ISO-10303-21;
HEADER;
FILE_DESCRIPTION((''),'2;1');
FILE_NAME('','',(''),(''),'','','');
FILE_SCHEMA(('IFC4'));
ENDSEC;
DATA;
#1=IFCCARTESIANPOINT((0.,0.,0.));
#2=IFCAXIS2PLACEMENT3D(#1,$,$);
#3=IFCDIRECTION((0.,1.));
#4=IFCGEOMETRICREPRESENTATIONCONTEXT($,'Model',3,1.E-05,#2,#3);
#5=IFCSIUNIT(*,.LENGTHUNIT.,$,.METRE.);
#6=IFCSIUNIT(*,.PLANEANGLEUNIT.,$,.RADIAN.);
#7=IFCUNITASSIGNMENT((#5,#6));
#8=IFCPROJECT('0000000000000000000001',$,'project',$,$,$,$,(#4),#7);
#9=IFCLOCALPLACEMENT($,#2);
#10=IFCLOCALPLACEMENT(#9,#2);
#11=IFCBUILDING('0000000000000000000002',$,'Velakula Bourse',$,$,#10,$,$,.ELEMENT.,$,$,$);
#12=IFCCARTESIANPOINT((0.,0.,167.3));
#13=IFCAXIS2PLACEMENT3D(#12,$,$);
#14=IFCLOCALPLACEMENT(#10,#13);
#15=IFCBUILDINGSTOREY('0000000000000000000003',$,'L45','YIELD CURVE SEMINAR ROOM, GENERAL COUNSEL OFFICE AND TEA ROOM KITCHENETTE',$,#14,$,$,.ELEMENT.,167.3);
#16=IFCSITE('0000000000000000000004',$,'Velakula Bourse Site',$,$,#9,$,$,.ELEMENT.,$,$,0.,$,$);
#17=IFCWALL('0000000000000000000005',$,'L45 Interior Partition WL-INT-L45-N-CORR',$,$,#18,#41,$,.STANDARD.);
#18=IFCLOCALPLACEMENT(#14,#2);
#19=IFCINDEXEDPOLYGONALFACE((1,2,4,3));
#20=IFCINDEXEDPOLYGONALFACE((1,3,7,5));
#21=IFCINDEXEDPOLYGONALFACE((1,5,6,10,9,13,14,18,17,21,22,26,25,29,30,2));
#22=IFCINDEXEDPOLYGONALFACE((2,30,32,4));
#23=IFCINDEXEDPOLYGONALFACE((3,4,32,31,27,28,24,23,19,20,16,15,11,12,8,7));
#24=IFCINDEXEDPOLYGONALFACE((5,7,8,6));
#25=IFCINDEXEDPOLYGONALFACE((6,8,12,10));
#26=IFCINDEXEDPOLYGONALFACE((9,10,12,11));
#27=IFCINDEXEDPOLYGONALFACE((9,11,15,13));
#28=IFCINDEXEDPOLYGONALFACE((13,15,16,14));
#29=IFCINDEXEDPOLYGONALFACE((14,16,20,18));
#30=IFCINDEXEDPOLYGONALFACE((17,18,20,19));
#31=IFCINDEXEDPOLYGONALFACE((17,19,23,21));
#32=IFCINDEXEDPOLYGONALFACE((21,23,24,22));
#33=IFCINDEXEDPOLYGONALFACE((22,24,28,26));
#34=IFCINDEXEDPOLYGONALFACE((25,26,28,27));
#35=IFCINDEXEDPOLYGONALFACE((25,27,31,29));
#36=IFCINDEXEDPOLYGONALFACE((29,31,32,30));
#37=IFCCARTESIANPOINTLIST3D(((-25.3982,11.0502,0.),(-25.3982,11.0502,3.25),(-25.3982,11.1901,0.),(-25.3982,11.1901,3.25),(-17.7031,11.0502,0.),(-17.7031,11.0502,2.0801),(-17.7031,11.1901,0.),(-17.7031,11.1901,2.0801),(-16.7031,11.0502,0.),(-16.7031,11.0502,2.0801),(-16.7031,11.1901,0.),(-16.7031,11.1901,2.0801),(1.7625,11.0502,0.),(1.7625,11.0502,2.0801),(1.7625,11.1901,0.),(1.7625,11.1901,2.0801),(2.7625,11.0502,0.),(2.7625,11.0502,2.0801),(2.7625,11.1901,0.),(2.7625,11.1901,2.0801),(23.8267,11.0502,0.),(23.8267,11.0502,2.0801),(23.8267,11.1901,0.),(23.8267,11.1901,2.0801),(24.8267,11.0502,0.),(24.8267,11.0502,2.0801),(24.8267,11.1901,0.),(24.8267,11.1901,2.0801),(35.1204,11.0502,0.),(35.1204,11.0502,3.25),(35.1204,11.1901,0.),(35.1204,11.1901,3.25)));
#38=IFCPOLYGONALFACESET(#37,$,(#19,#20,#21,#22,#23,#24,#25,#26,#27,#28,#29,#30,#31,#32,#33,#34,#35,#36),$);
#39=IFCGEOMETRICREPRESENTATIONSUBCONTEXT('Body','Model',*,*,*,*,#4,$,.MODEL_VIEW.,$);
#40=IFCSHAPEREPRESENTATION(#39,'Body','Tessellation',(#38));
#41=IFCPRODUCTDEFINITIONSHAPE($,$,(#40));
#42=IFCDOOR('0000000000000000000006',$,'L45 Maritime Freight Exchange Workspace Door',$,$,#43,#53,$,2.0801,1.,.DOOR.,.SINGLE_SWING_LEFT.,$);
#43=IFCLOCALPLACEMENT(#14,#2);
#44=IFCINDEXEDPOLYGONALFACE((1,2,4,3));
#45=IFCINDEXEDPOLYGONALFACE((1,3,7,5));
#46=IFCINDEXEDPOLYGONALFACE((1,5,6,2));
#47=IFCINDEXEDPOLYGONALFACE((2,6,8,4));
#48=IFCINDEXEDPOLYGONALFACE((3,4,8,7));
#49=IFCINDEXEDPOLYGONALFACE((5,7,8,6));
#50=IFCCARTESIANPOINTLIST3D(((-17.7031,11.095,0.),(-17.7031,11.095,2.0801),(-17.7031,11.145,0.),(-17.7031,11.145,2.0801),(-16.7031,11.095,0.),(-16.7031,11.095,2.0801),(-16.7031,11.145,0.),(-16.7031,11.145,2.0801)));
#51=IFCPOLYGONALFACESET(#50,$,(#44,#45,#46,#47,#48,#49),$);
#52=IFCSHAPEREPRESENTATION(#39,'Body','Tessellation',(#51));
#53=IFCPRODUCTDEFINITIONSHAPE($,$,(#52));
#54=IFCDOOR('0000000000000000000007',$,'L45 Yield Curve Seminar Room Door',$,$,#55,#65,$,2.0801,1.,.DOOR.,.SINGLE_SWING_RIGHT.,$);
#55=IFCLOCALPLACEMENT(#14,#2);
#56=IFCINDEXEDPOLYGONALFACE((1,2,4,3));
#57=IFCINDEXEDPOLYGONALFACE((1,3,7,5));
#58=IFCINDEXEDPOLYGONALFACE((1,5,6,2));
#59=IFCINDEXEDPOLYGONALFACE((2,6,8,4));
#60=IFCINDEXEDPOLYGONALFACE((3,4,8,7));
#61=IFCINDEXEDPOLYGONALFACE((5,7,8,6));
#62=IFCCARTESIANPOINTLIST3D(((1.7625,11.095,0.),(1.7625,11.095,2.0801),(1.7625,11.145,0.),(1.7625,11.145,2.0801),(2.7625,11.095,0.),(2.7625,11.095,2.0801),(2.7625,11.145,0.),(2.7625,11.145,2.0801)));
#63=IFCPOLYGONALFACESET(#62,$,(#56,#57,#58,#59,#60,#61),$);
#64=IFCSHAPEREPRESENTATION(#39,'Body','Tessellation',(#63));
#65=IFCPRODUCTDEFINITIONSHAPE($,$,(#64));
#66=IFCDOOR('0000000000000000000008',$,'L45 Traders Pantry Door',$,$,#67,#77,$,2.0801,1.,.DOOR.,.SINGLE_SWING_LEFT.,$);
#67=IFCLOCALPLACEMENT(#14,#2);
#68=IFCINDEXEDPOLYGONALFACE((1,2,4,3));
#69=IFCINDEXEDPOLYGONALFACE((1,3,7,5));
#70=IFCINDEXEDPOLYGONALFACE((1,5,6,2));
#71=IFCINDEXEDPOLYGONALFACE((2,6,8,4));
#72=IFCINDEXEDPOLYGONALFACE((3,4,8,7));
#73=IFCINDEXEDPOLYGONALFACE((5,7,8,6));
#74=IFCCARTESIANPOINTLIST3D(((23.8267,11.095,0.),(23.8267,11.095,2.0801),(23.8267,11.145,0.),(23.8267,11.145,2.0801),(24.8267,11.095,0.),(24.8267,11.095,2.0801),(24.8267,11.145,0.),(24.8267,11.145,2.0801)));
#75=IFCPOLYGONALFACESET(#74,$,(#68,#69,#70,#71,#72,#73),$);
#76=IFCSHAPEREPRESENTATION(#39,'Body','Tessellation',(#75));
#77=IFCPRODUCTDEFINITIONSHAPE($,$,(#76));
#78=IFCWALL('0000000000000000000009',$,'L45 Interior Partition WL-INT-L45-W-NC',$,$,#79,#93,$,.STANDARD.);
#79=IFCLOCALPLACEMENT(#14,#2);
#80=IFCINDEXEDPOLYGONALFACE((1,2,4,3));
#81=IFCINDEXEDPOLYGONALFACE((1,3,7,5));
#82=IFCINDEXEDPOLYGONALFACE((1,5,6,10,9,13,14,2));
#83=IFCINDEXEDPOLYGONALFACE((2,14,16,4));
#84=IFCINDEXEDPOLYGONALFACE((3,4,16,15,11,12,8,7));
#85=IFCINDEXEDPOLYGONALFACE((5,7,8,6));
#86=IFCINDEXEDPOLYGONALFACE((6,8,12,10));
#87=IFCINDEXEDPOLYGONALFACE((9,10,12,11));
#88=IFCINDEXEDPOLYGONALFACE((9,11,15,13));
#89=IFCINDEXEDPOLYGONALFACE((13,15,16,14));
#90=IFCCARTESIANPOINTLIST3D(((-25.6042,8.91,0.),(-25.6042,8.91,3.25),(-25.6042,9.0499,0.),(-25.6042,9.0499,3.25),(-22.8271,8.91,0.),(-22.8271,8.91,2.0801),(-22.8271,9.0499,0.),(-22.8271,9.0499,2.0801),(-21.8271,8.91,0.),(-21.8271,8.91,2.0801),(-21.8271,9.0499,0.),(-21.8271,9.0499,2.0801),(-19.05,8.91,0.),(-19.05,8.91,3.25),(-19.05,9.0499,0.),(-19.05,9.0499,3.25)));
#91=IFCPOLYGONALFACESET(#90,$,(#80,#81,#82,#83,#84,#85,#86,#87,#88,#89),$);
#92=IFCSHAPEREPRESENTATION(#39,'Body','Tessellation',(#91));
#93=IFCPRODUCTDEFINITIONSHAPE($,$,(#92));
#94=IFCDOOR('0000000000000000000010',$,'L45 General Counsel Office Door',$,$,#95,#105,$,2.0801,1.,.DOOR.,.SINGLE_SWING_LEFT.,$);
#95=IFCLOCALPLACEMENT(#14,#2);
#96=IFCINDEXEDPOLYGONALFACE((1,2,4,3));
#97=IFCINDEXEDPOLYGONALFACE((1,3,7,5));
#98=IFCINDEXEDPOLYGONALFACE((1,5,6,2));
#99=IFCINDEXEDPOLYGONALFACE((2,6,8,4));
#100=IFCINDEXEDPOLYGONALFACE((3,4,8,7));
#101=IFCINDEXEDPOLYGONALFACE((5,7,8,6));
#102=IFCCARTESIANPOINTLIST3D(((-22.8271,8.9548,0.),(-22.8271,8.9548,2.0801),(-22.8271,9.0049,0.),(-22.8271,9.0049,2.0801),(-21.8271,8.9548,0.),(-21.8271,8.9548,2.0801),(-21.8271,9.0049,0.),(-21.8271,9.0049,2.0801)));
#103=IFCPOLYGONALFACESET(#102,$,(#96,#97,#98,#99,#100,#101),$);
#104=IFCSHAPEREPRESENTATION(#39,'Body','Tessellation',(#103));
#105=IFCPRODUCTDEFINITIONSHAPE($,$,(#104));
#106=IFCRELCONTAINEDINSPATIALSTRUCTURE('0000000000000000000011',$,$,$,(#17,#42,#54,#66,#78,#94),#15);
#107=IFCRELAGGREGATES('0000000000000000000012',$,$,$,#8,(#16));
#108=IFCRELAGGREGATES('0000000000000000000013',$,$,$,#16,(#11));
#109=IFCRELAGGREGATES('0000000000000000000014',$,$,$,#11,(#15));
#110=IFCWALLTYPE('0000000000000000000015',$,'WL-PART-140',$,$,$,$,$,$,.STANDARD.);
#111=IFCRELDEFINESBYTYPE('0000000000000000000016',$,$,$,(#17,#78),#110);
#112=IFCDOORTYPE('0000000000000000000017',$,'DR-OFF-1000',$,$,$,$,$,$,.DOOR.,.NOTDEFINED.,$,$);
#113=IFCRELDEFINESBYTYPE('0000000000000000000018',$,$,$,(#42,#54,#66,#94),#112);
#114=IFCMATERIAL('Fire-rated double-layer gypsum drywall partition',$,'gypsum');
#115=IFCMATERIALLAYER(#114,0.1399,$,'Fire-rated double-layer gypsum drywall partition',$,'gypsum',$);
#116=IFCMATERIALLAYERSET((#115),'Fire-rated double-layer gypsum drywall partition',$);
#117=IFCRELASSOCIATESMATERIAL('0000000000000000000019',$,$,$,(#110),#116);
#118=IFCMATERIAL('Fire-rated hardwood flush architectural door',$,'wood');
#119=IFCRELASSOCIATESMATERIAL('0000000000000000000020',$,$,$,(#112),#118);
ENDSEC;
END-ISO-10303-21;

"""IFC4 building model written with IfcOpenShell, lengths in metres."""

from ifc_helpers import new_model, si_unit, direction, frame, frame_2d, origin, place, context, subcontext, project, spatial, rectangle, extrude, material, layer, layer_set, type_object, element, fill, save


model = new_model("IFC4")

# Units and contexts
model_context = context("Model", 3, precision=1e-05, world=origin(), true_north=direction((0.0, 1.0)))
body_context = subcontext(model_context, "Body", "Model", "MODEL_VIEW")
ifc_project = project(units=[si_unit("LENGTHUNIT", "METRE"), si_unit("PLANEANGLEUNIT", "RADIAN")], contexts=[model_context])

# Site, building, storey
site_placement = place(None, origin())
site = spatial("IfcSite", under=ifc_project, at=site_placement, Name="Velakula Bourse Site", CompositionType="ELEMENT", RefElevation=0.0)
building_placement = place(site_placement, origin())
building = spatial("IfcBuilding", under=site, at=building_placement, Name="Velakula Bourse", CompositionType="ELEMENT")
storey_placement = place(building_placement, frame((0.0, 0.0, 167.3)))
storey = spatial("IfcBuildingStorey", under=building, at=storey_placement, Name="L45", Description="YIELD CURVE SEMINAR ROOM, GENERAL COUNSEL OFFICE AND TEA ROOM KITCHENETTE", CompositionType="ELEMENT", Elevation=167.3)

# Shared definitions
ifc_material_1 = material(Name="Fire-rated hardwood flush architectural door", Category="wood")

# Wall, openings, doors
ifc_material_2 = material(Name="Fire-rated double-layer gypsum drywall partition", Category="gypsum")
ifc_layer_1 = layer(ifc_material_2, 0.1399, Name="Fire-rated double-layer gypsum drywall partition", Category="gypsum")
ifc_layer_set_1 = layer_set([ifc_layer_1], Name="Fire-rated double-layer gypsum drywall partition")
wall_type_1 = type_object("IfcWallType", Name="WL-PART-140", PredefinedType="STANDARD", material=ifc_layer_set_1)
wall_1_placement = place(storey_placement, frame((-25.3982, 11.1201, 0.0), z_axis=(0.0, 0.0, 1.0), x_axis=(1.0, 0.0, 0.0)))
wall_1 = element("IfcWall", 1, at=wall_1_placement, inside=storey, type_object=wall_type_1, Name="L45 Interior Partition WL-INT-L45-N-CORR", PredefinedType="STANDARD", context=body_context, shape_type="SweptSolid", body=[
    extrude(rectangle(XDim=60.5186, YDim=0.1399, at=frame_2d((30.2593, 0.0))), origin(), (0.0, 0.0, 1.0), 3.25),
])
opening_1_placement = place(wall_1_placement, frame((7.6951, 0.0, 0.0)))
opening_1 = element("IfcOpeningElement", 2, at=opening_1_placement, cuts=wall_1, PredefinedType="OPENING", context=body_context, shape_type="SweptSolid", body=[
    extrude(rectangle(XDim=1.0, YDim=2.0801, at=frame_2d((0.5, 1.04))), frame((0.0, 0.0798, 0.0), z_axis=(0.0, -1.0, 0.0), x_axis=(1.0, 0.0, 0.0)), (0.0, 0.0, 1.0), 0.1599),
])
opening_2_placement = place(wall_1_placement, frame((27.1606, 0.0, 0.0)))
opening_2 = element("IfcOpeningElement", 3, at=opening_2_placement, cuts=wall_1, PredefinedType="OPENING", context=body_context, shape_type="SweptSolid", body=[
    extrude(rectangle(XDim=1.0, YDim=2.0801, at=frame_2d((0.5, 1.04))), frame((0.0, 0.0798, 0.0), z_axis=(0.0, -1.0, 0.0), x_axis=(1.0, 0.0, 0.0)), (0.0, 0.0, 1.0), 0.1599),
])
opening_3_placement = place(wall_1_placement, frame((49.2249, 0.0, 0.0)))
opening_3 = element("IfcOpeningElement", 4, at=opening_3_placement, cuts=wall_1, PredefinedType="OPENING", context=body_context, shape_type="SweptSolid", body=[
    extrude(rectangle(XDim=1.0, YDim=2.0801, at=frame_2d((0.5, 1.04))), frame((0.0, 0.0798, 0.0), z_axis=(0.0, -1.0, 0.0), x_axis=(1.0, 0.0, 0.0)), (0.0, 0.0, 1.0), 0.1599),
])
door_type_1 = type_object("IfcDoorType", Name="DR-OFF-1000", OperationType="NOTDEFINED", PredefinedType="DOOR", material=ifc_material_1)
door_1_placement = place(opening_1_placement, origin())
door_1 = element("IfcDoor", 5, at=door_1_placement, inside=storey, type_object=door_type_1, Name="L45 Maritime Freight Exchange Workspace Door", OperationType="SINGLE_SWING_LEFT", OverallHeight=2.0801, OverallWidth=1.0, PredefinedType="DOOR", context=body_context, shape_type="SweptSolid", body=[
    extrude(rectangle(XDim=1.0, YDim=2.0801, at=frame_2d((0.5, 1.04))), frame((0.0, 0.0249, 0.0), z_axis=(0.0, -1.0, 0.0), x_axis=(1.0, 0.0, 0.0)), (0.0, 0.0, 1.0), 0.05),
])
fill(opening_1, door_1)
door_2_placement = place(opening_2_placement, origin())
door_2 = element("IfcDoor", 6, at=door_2_placement, inside=storey, type_object=door_type_1, Name="L45 Yield Curve Seminar Room Door", OperationType="SINGLE_SWING_RIGHT", OverallHeight=2.0801, OverallWidth=1.0, PredefinedType="DOOR", context=body_context, shape_type="SweptSolid", body=[
    extrude(rectangle(XDim=1.0, YDim=2.0801, at=frame_2d((0.5, 1.04))), frame((0.0, 0.0249, 0.0), z_axis=(0.0, -1.0, 0.0), x_axis=(1.0, 0.0, 0.0)), (0.0, 0.0, 1.0), 0.05),
])
fill(opening_2, door_2)
door_3_placement = place(opening_3_placement, origin())
door_3 = element("IfcDoor", 7, at=door_3_placement, inside=storey, type_object=door_type_1, Name="L45 Traders Pantry Door", OperationType="SINGLE_SWING_LEFT", OverallHeight=2.0801, OverallWidth=1.0, PredefinedType="DOOR", context=body_context, shape_type="SweptSolid", body=[
    extrude(rectangle(XDim=1.0, YDim=2.0801, at=frame_2d((0.5, 1.04))), frame((0.0, 0.0249, 0.0), z_axis=(0.0, -1.0, 0.0), x_axis=(1.0, 0.0, 0.0)), (0.0, 0.0, 1.0), 0.05),
])
fill(opening_3, door_3)

# Wall, opening, door
wall_2_placement = place(storey_placement, frame((-25.6042, 8.98, 0.0), z_axis=(0.0, 0.0, 1.0), x_axis=(1.0, 0.0, 0.0)))
wall_2 = element("IfcWall", 8, at=wall_2_placement, inside=storey, type_object=wall_type_1, Name="L45 Interior Partition WL-INT-L45-W-NC", PredefinedType="STANDARD", context=body_context, shape_type="SweptSolid", body=[
    extrude(rectangle(XDim=6.5542, YDim=0.1399, at=frame_2d((3.2771, 0.0))), origin(), (0.0, 0.0, 1.0), 3.25),
])
opening_4_placement = place(wall_2_placement, frame((2.7771, 0.0, 0.0)))
opening_4 = element("IfcOpeningElement", 9, at=opening_4_placement, cuts=wall_2, PredefinedType="OPENING", context=body_context, shape_type="SweptSolid", body=[
    extrude(rectangle(XDim=1.0, YDim=2.0801, at=frame_2d((0.5, 1.04))), frame((0.0, 0.0798, 0.0), z_axis=(0.0, -1.0, 0.0), x_axis=(1.0, 0.0, 0.0)), (0.0, 0.0, 1.0), 0.1599),
])
door_4_placement = place(opening_4_placement, origin())
door_4 = element("IfcDoor", 10, at=door_4_placement, inside=storey, type_object=door_type_1, Name="L45 General Counsel Office Door", OperationType="SINGLE_SWING_LEFT", OverallHeight=2.0801, OverallWidth=1.0, PredefinedType="DOOR", context=body_context, shape_type="SweptSolid", body=[
    extrude(rectangle(XDim=1.0, YDim=2.0801, at=frame_2d((0.5, 1.04))), frame((0.0, 0.0249, 0.0), z_axis=(0.0, -1.0, 0.0), x_axis=(1.0, 0.0, 0.0)), (0.0, 0.0, 1.0), 0.05),
])
fill(opening_4, door_4)

save(model, "model.ifc")
